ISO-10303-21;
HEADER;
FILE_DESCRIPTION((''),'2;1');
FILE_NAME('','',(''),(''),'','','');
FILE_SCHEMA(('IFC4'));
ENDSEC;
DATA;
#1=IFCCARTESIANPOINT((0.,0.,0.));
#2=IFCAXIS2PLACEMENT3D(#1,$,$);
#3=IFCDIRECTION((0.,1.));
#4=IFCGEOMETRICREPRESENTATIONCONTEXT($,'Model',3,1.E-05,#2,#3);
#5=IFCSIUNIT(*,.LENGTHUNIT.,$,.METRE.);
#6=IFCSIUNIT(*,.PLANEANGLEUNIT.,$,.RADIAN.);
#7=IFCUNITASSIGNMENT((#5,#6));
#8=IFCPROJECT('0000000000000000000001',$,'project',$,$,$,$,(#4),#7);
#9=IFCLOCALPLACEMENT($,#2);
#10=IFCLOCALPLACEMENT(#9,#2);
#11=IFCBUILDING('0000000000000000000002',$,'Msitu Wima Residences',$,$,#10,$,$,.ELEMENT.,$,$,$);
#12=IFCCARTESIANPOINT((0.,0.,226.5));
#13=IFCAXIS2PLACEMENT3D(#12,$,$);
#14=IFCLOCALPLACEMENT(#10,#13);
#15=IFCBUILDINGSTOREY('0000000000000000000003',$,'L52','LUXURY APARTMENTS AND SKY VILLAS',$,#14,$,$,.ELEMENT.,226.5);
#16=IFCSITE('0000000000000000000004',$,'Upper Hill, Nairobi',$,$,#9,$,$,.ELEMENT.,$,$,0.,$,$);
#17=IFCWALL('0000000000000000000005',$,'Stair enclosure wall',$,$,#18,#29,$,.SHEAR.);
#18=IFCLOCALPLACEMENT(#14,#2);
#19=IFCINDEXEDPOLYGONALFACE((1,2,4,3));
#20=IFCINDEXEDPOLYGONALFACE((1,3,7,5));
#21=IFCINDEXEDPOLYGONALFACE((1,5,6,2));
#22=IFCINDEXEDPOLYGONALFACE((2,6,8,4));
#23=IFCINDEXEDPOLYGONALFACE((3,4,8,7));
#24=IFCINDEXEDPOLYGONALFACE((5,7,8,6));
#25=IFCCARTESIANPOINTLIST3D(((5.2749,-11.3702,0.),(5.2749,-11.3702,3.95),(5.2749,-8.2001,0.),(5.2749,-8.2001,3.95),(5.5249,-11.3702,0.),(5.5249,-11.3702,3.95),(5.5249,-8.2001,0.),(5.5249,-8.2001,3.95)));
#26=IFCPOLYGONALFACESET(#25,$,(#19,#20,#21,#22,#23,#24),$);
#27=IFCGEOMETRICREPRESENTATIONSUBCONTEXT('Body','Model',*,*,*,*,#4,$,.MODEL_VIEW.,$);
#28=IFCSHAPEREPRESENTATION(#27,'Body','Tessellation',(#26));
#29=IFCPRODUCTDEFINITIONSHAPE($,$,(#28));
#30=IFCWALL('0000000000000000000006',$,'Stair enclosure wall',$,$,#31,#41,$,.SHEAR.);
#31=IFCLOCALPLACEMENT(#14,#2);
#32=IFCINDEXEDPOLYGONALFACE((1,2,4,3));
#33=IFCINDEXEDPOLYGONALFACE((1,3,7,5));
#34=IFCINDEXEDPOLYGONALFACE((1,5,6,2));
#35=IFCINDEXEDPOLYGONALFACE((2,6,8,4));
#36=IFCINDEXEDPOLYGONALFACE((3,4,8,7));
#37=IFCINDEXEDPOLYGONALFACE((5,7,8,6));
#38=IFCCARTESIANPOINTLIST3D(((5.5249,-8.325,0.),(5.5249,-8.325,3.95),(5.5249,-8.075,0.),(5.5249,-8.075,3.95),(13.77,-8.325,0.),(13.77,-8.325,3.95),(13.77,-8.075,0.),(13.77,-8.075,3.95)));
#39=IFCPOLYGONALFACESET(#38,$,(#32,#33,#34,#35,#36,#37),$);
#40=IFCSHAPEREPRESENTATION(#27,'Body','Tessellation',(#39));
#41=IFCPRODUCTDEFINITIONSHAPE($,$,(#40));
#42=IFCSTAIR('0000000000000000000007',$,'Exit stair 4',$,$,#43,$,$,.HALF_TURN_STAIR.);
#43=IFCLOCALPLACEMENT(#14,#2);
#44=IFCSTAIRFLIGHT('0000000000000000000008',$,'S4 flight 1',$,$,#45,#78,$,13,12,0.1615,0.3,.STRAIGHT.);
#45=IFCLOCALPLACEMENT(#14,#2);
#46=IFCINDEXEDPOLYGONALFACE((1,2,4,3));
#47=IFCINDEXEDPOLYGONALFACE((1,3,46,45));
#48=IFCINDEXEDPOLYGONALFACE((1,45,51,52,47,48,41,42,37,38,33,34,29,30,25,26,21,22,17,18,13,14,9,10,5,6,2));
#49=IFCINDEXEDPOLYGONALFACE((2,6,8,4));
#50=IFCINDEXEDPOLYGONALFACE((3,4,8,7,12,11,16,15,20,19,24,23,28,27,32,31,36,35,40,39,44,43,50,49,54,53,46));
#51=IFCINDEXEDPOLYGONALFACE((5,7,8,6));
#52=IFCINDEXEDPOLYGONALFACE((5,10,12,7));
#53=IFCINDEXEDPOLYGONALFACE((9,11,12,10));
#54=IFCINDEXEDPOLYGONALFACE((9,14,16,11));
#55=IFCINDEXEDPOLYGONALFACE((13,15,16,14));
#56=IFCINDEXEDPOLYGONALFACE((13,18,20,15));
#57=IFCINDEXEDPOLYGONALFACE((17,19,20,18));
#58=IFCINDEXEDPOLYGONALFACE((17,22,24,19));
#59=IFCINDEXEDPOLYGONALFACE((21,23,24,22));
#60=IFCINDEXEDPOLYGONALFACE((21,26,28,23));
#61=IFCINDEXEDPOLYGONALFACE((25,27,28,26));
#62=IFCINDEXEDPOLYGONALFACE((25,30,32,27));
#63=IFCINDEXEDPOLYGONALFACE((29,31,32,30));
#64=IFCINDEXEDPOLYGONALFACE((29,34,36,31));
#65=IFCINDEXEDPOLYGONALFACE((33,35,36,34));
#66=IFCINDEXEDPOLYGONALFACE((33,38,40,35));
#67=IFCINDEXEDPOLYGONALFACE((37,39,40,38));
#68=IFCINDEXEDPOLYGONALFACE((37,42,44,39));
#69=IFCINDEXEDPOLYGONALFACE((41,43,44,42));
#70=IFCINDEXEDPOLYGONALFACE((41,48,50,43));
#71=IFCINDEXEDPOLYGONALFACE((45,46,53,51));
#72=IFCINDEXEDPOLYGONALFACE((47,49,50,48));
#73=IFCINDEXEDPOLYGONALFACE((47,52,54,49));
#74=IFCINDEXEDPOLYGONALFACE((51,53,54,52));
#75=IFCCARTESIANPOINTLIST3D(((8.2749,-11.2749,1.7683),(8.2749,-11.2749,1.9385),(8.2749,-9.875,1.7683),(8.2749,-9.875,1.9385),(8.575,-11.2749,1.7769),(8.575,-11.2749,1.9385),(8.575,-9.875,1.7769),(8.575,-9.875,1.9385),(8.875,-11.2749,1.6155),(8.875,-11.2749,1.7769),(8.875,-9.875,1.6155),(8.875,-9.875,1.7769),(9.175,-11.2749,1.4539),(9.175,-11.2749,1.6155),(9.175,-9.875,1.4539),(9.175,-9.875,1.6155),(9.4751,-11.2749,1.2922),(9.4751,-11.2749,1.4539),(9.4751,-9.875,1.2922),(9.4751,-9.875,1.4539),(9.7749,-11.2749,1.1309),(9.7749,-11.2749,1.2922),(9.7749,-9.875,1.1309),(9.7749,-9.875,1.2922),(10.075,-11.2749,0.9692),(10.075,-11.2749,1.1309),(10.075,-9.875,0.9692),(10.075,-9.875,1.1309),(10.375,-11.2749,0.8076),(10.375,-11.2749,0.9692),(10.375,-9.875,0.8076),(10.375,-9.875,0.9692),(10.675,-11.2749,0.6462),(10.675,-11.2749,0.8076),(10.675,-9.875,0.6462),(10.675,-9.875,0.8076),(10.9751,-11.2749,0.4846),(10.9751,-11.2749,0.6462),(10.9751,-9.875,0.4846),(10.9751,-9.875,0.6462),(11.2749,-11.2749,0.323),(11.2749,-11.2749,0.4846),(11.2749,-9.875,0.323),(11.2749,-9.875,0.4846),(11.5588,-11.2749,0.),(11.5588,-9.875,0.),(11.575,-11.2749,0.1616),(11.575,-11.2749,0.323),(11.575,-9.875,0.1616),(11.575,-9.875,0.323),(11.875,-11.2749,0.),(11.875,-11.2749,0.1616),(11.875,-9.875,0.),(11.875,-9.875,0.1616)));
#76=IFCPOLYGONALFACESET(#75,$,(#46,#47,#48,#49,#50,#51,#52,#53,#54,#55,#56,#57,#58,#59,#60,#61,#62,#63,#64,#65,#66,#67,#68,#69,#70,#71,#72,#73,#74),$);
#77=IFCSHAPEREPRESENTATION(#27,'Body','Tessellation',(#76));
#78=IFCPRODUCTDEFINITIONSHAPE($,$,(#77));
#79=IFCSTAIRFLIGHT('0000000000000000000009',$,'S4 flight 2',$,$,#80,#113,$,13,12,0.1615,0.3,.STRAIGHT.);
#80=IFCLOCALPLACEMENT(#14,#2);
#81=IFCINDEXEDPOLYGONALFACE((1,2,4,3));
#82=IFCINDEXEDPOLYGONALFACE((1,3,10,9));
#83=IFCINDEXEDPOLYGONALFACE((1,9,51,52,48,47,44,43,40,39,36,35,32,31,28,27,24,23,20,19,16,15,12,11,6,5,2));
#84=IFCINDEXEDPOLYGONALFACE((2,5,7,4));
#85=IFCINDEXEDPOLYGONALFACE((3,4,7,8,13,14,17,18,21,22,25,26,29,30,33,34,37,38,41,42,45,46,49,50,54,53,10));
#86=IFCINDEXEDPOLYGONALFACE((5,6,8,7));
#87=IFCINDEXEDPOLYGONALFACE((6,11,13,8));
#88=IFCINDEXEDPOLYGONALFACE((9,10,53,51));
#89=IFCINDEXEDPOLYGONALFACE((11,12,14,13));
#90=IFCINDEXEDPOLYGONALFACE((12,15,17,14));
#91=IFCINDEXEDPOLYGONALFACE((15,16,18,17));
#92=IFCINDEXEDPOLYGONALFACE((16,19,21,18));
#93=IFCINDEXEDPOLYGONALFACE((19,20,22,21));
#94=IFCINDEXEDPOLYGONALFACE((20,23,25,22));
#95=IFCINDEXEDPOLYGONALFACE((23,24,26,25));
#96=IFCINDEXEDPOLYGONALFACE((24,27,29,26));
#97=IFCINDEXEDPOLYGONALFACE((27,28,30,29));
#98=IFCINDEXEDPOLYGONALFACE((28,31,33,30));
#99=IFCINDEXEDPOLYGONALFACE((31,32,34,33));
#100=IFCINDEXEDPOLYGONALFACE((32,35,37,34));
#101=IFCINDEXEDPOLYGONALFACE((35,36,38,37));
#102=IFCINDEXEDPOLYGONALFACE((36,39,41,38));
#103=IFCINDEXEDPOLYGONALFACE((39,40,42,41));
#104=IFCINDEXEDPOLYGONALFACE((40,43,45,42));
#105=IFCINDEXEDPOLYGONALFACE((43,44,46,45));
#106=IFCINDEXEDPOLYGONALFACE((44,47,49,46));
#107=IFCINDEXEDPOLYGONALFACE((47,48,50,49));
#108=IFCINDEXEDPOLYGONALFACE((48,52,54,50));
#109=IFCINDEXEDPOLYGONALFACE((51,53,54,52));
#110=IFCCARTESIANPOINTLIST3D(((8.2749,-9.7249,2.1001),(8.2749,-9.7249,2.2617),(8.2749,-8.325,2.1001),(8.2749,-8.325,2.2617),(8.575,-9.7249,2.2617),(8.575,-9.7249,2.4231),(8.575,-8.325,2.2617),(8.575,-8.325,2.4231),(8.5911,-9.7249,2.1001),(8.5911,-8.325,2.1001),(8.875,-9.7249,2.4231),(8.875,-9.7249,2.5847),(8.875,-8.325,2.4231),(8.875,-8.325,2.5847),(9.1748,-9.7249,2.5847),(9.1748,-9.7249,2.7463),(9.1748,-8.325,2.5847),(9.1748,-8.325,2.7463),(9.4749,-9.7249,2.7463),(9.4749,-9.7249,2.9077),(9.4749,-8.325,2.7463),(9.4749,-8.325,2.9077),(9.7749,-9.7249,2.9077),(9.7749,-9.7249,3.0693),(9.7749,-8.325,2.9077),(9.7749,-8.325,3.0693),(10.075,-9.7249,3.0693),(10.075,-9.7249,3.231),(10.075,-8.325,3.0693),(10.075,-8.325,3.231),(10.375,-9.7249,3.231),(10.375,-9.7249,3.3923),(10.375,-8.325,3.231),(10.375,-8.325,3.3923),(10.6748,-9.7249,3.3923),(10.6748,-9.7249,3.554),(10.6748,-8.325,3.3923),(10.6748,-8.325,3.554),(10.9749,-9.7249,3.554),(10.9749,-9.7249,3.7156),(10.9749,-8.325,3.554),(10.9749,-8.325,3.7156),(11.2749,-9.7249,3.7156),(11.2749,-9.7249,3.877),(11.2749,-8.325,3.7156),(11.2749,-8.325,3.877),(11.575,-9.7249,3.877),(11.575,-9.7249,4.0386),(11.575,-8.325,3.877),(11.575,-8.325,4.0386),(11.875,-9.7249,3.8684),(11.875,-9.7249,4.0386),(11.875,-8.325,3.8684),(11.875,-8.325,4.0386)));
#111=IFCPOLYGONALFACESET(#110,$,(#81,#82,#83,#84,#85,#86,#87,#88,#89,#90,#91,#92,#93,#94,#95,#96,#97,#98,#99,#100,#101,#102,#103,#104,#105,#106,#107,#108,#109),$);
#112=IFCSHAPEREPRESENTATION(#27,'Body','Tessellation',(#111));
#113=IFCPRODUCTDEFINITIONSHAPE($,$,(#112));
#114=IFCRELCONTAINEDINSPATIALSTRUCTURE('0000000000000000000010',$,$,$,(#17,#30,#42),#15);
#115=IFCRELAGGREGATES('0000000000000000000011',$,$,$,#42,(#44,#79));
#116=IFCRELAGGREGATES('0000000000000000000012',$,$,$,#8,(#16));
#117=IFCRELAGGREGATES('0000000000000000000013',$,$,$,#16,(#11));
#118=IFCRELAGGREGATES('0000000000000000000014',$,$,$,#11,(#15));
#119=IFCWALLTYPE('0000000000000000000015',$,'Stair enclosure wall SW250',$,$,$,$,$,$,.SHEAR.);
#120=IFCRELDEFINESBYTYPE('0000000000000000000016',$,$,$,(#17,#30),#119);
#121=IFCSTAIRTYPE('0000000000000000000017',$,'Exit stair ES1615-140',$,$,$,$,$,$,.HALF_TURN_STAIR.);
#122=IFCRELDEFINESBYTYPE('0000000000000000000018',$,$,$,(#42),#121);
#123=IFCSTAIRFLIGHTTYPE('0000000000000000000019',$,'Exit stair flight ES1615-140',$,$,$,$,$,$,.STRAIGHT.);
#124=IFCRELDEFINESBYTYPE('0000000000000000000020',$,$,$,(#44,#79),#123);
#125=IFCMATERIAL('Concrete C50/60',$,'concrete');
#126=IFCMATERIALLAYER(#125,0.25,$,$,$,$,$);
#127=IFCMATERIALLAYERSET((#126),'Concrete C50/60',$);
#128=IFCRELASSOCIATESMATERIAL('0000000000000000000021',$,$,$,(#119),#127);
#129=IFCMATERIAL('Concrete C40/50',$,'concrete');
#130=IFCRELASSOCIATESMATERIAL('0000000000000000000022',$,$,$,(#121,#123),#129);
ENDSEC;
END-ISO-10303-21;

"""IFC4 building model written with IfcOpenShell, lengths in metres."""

from ifc_helpers import new_model, si_unit, direction, frame, frame_2d, origin, place, context, subcontext, project, spatial, polyline, rectangle, outline, extrude, material, layer, layer_set, type_object, element, aggregate, save


model = new_model("IFC4")

# Units and contexts
model_context = context("Model", 3, precision=1e-05, world=origin(), true_north=direction((0.0, 1.0)))
body_context = subcontext(model_context, "Body", "Model", "MODEL_VIEW")
ifc_project = project(units=[si_unit("LENGTHUNIT", "METRE"), si_unit("PLANEANGLEUNIT", "RADIAN")], contexts=[model_context])

# Site, building, storey
site_placement = place(None, origin())
site = spatial("IfcSite", under=ifc_project, at=site_placement, Name="Upper Hill, Nairobi", CompositionType="ELEMENT", RefElevation=0.0)
building_placement = place(site_placement, origin())
building = spatial("IfcBuilding", under=site, at=building_placement, Name="Msitu Wima Residences", CompositionType="ELEMENT")
storey_placement = place(building_placement, frame((0.0, 0.0, 226.5)))
storey = spatial("IfcBuildingStorey", under=building, at=storey_placement, Name="L52", Description="LUXURY APARTMENTS AND SKY VILLAS", CompositionType="ELEMENT", Elevation=226.5)

# Shared definitions
ifc_material_1 = material(Name="Concrete C40/50", Category="concrete")

# Walls
ifc_material_2 = material(Name="Concrete C50/60", Category="concrete")
ifc_layer_1 = layer(ifc_material_2, 0.25)
ifc_layer_set_1 = layer_set([ifc_layer_1], Name="Concrete C50/60")
wall_type_1 = type_object("IfcWallType", Name="Stair enclosure wall SW250", PredefinedType="SHEAR", material=ifc_layer_set_1)
wall_1_placement = place(storey_placement, frame((5.3999, -11.3701, 0.0), z_axis=(0.0, 0.0, 1.0), x_axis=(0.0, 1.0, 0.0)))
element("IfcWall", 1, at=wall_1_placement, inside=storey, type_object=wall_type_1, Name="Stair enclosure wall", PredefinedType="SHEAR", context=body_context, shape_type="SweptSolid", body=[
    extrude(rectangle(XDim=3.1702, YDim=0.25, at=frame_2d((1.585, 0.0))), origin(), (0.0, 0.0, 1.0), 3.95),
])
wall_2_placement = place(storey_placement, frame((5.5249, -8.2, 0.0), z_axis=(0.0, 0.0, 1.0), x_axis=(1.0, 0.0, 0.0)))
element("IfcWall", 2, at=wall_2_placement, inside=storey, type_object=wall_type_1, Name="Stair enclosure wall", PredefinedType="SHEAR", context=body_context, shape_type="SweptSolid", body=[
    extrude(rectangle(XDim=8.2451, YDim=0.25, at=frame_2d((4.1226, 0.0))), origin(), (0.0, 0.0, 1.0), 3.95),
])

# Stair, stair flights
stair_type = type_object("IfcStairType", Name="Exit stair ES1615-140", PredefinedType="HALF_TURN_STAIR", material=ifc_material_1)
stair_placement = place(storey_placement, origin())
stair = element("IfcStair", 3, at=stair_placement, inside=storey, type_object=stair_type, Name="Exit stair 4", PredefinedType="HALF_TURN_STAIR")
stair_flight_type = type_object("IfcStairFlightType", Name="Exit stair flight ES1615-140", PredefinedType="STRAIGHT", material=ifc_material_1)
stair_flight_1_placement = place(storey_placement, frame((11.875, -10.575, 0.0), z_axis=(0.0, 0.0, 1.0), x_axis=(-1.0, 0.0, 0.0)))
stair_flight_1 = element("IfcStairFlight", 4, at=stair_flight_1_placement, type_object=stair_flight_type, Name="S4 flight 1", NumberOfRisers=13, NumberOfTreads=12, PredefinedType="STRAIGHT", RiserHeight=0.1615, TreadLength=0.3, context=body_context, shape_type="SweptSolid", body=[
    extrude(outline(polyline([(0.0, 0.0), (0.0, 0.1616), (0.3, 0.1616), (0.3, 0.323), (0.6001, 0.323), (0.6001, 0.4846), (0.8999, 0.4846), (0.8999, 0.6462), (1.2, 0.6462), (1.2, 0.8076), (1.5, 0.8076), (1.5, 0.9692), (1.8, 0.9692), (1.8, 1.1309), (2.1001, 1.1309), (2.1001, 1.2922), (2.3999, 1.2922), (2.3999, 1.4539), (2.7, 1.4539), (2.7, 1.6155), (3.0, 1.6155), (3.0, 1.7769), (3.3, 1.7769), (3.3, 1.9385), (3.6001, 1.9385), (3.6001, 2.1001), (3.6001, 1.7683), (0.3162, 0.0), (0.0, 0.0)])), frame((0.0, 0.7, 0.0), z_axis=(0.0, -1.0, 0.0), x_axis=(1.0, 0.0, 0.0)), (0.0, 0.0, 1.0), 1.3999),
])
stair_flight_2_placement = place(storey_placement, frame((8.2749, -9.0249, 2.1001), z_axis=(0.0, 0.0, 1.0), x_axis=(1.0, 0.0, 0.0)))
stair_flight_2 = element("IfcStairFlight", 5, at=stair_flight_2_placement, type_object=stair_flight_type, Name="S4 flight 2", NumberOfRisers=13, NumberOfTreads=12, PredefinedType="STRAIGHT", RiserHeight=0.1615, TreadLength=0.3, context=body_context, shape_type="SweptSolid", body=[
    extrude(outline(polyline([(0.0, 0.0), (0.0, 0.1616), (0.3, 0.1616), (0.3, 0.323), (0.6001, 0.323), (0.6001, 0.4846), (0.8999, 0.4846), (0.8999, 0.6462), (1.2, 0.6462), (1.2, 0.8076), (1.5, 0.8076), (1.5, 0.9692), (1.8, 0.9692), (1.8, 1.1309), (2.1001, 1.1309), (2.1001, 1.2922), (2.3999, 1.2922), (2.3999, 1.4539), (2.7, 1.4539), (2.7, 1.6155), (3.0, 1.6155), (3.0, 1.7769), (3.3, 1.7769), (3.3, 1.9385), (3.6001, 1.9385), (3.6001, 2.1001), (3.6001, 1.7683), (0.3162, 0.0), (0.0, 0.0)])), frame((0.0, 0.7, 0.0), z_axis=(0.0, -1.0, 0.0), x_axis=(1.0, 0.0, 0.0)), (0.0, 0.0, 1.0), 1.3999),
])
aggregate(stair, [stair_flight_1, stair_flight_2])

save(model, "model.ifc")
